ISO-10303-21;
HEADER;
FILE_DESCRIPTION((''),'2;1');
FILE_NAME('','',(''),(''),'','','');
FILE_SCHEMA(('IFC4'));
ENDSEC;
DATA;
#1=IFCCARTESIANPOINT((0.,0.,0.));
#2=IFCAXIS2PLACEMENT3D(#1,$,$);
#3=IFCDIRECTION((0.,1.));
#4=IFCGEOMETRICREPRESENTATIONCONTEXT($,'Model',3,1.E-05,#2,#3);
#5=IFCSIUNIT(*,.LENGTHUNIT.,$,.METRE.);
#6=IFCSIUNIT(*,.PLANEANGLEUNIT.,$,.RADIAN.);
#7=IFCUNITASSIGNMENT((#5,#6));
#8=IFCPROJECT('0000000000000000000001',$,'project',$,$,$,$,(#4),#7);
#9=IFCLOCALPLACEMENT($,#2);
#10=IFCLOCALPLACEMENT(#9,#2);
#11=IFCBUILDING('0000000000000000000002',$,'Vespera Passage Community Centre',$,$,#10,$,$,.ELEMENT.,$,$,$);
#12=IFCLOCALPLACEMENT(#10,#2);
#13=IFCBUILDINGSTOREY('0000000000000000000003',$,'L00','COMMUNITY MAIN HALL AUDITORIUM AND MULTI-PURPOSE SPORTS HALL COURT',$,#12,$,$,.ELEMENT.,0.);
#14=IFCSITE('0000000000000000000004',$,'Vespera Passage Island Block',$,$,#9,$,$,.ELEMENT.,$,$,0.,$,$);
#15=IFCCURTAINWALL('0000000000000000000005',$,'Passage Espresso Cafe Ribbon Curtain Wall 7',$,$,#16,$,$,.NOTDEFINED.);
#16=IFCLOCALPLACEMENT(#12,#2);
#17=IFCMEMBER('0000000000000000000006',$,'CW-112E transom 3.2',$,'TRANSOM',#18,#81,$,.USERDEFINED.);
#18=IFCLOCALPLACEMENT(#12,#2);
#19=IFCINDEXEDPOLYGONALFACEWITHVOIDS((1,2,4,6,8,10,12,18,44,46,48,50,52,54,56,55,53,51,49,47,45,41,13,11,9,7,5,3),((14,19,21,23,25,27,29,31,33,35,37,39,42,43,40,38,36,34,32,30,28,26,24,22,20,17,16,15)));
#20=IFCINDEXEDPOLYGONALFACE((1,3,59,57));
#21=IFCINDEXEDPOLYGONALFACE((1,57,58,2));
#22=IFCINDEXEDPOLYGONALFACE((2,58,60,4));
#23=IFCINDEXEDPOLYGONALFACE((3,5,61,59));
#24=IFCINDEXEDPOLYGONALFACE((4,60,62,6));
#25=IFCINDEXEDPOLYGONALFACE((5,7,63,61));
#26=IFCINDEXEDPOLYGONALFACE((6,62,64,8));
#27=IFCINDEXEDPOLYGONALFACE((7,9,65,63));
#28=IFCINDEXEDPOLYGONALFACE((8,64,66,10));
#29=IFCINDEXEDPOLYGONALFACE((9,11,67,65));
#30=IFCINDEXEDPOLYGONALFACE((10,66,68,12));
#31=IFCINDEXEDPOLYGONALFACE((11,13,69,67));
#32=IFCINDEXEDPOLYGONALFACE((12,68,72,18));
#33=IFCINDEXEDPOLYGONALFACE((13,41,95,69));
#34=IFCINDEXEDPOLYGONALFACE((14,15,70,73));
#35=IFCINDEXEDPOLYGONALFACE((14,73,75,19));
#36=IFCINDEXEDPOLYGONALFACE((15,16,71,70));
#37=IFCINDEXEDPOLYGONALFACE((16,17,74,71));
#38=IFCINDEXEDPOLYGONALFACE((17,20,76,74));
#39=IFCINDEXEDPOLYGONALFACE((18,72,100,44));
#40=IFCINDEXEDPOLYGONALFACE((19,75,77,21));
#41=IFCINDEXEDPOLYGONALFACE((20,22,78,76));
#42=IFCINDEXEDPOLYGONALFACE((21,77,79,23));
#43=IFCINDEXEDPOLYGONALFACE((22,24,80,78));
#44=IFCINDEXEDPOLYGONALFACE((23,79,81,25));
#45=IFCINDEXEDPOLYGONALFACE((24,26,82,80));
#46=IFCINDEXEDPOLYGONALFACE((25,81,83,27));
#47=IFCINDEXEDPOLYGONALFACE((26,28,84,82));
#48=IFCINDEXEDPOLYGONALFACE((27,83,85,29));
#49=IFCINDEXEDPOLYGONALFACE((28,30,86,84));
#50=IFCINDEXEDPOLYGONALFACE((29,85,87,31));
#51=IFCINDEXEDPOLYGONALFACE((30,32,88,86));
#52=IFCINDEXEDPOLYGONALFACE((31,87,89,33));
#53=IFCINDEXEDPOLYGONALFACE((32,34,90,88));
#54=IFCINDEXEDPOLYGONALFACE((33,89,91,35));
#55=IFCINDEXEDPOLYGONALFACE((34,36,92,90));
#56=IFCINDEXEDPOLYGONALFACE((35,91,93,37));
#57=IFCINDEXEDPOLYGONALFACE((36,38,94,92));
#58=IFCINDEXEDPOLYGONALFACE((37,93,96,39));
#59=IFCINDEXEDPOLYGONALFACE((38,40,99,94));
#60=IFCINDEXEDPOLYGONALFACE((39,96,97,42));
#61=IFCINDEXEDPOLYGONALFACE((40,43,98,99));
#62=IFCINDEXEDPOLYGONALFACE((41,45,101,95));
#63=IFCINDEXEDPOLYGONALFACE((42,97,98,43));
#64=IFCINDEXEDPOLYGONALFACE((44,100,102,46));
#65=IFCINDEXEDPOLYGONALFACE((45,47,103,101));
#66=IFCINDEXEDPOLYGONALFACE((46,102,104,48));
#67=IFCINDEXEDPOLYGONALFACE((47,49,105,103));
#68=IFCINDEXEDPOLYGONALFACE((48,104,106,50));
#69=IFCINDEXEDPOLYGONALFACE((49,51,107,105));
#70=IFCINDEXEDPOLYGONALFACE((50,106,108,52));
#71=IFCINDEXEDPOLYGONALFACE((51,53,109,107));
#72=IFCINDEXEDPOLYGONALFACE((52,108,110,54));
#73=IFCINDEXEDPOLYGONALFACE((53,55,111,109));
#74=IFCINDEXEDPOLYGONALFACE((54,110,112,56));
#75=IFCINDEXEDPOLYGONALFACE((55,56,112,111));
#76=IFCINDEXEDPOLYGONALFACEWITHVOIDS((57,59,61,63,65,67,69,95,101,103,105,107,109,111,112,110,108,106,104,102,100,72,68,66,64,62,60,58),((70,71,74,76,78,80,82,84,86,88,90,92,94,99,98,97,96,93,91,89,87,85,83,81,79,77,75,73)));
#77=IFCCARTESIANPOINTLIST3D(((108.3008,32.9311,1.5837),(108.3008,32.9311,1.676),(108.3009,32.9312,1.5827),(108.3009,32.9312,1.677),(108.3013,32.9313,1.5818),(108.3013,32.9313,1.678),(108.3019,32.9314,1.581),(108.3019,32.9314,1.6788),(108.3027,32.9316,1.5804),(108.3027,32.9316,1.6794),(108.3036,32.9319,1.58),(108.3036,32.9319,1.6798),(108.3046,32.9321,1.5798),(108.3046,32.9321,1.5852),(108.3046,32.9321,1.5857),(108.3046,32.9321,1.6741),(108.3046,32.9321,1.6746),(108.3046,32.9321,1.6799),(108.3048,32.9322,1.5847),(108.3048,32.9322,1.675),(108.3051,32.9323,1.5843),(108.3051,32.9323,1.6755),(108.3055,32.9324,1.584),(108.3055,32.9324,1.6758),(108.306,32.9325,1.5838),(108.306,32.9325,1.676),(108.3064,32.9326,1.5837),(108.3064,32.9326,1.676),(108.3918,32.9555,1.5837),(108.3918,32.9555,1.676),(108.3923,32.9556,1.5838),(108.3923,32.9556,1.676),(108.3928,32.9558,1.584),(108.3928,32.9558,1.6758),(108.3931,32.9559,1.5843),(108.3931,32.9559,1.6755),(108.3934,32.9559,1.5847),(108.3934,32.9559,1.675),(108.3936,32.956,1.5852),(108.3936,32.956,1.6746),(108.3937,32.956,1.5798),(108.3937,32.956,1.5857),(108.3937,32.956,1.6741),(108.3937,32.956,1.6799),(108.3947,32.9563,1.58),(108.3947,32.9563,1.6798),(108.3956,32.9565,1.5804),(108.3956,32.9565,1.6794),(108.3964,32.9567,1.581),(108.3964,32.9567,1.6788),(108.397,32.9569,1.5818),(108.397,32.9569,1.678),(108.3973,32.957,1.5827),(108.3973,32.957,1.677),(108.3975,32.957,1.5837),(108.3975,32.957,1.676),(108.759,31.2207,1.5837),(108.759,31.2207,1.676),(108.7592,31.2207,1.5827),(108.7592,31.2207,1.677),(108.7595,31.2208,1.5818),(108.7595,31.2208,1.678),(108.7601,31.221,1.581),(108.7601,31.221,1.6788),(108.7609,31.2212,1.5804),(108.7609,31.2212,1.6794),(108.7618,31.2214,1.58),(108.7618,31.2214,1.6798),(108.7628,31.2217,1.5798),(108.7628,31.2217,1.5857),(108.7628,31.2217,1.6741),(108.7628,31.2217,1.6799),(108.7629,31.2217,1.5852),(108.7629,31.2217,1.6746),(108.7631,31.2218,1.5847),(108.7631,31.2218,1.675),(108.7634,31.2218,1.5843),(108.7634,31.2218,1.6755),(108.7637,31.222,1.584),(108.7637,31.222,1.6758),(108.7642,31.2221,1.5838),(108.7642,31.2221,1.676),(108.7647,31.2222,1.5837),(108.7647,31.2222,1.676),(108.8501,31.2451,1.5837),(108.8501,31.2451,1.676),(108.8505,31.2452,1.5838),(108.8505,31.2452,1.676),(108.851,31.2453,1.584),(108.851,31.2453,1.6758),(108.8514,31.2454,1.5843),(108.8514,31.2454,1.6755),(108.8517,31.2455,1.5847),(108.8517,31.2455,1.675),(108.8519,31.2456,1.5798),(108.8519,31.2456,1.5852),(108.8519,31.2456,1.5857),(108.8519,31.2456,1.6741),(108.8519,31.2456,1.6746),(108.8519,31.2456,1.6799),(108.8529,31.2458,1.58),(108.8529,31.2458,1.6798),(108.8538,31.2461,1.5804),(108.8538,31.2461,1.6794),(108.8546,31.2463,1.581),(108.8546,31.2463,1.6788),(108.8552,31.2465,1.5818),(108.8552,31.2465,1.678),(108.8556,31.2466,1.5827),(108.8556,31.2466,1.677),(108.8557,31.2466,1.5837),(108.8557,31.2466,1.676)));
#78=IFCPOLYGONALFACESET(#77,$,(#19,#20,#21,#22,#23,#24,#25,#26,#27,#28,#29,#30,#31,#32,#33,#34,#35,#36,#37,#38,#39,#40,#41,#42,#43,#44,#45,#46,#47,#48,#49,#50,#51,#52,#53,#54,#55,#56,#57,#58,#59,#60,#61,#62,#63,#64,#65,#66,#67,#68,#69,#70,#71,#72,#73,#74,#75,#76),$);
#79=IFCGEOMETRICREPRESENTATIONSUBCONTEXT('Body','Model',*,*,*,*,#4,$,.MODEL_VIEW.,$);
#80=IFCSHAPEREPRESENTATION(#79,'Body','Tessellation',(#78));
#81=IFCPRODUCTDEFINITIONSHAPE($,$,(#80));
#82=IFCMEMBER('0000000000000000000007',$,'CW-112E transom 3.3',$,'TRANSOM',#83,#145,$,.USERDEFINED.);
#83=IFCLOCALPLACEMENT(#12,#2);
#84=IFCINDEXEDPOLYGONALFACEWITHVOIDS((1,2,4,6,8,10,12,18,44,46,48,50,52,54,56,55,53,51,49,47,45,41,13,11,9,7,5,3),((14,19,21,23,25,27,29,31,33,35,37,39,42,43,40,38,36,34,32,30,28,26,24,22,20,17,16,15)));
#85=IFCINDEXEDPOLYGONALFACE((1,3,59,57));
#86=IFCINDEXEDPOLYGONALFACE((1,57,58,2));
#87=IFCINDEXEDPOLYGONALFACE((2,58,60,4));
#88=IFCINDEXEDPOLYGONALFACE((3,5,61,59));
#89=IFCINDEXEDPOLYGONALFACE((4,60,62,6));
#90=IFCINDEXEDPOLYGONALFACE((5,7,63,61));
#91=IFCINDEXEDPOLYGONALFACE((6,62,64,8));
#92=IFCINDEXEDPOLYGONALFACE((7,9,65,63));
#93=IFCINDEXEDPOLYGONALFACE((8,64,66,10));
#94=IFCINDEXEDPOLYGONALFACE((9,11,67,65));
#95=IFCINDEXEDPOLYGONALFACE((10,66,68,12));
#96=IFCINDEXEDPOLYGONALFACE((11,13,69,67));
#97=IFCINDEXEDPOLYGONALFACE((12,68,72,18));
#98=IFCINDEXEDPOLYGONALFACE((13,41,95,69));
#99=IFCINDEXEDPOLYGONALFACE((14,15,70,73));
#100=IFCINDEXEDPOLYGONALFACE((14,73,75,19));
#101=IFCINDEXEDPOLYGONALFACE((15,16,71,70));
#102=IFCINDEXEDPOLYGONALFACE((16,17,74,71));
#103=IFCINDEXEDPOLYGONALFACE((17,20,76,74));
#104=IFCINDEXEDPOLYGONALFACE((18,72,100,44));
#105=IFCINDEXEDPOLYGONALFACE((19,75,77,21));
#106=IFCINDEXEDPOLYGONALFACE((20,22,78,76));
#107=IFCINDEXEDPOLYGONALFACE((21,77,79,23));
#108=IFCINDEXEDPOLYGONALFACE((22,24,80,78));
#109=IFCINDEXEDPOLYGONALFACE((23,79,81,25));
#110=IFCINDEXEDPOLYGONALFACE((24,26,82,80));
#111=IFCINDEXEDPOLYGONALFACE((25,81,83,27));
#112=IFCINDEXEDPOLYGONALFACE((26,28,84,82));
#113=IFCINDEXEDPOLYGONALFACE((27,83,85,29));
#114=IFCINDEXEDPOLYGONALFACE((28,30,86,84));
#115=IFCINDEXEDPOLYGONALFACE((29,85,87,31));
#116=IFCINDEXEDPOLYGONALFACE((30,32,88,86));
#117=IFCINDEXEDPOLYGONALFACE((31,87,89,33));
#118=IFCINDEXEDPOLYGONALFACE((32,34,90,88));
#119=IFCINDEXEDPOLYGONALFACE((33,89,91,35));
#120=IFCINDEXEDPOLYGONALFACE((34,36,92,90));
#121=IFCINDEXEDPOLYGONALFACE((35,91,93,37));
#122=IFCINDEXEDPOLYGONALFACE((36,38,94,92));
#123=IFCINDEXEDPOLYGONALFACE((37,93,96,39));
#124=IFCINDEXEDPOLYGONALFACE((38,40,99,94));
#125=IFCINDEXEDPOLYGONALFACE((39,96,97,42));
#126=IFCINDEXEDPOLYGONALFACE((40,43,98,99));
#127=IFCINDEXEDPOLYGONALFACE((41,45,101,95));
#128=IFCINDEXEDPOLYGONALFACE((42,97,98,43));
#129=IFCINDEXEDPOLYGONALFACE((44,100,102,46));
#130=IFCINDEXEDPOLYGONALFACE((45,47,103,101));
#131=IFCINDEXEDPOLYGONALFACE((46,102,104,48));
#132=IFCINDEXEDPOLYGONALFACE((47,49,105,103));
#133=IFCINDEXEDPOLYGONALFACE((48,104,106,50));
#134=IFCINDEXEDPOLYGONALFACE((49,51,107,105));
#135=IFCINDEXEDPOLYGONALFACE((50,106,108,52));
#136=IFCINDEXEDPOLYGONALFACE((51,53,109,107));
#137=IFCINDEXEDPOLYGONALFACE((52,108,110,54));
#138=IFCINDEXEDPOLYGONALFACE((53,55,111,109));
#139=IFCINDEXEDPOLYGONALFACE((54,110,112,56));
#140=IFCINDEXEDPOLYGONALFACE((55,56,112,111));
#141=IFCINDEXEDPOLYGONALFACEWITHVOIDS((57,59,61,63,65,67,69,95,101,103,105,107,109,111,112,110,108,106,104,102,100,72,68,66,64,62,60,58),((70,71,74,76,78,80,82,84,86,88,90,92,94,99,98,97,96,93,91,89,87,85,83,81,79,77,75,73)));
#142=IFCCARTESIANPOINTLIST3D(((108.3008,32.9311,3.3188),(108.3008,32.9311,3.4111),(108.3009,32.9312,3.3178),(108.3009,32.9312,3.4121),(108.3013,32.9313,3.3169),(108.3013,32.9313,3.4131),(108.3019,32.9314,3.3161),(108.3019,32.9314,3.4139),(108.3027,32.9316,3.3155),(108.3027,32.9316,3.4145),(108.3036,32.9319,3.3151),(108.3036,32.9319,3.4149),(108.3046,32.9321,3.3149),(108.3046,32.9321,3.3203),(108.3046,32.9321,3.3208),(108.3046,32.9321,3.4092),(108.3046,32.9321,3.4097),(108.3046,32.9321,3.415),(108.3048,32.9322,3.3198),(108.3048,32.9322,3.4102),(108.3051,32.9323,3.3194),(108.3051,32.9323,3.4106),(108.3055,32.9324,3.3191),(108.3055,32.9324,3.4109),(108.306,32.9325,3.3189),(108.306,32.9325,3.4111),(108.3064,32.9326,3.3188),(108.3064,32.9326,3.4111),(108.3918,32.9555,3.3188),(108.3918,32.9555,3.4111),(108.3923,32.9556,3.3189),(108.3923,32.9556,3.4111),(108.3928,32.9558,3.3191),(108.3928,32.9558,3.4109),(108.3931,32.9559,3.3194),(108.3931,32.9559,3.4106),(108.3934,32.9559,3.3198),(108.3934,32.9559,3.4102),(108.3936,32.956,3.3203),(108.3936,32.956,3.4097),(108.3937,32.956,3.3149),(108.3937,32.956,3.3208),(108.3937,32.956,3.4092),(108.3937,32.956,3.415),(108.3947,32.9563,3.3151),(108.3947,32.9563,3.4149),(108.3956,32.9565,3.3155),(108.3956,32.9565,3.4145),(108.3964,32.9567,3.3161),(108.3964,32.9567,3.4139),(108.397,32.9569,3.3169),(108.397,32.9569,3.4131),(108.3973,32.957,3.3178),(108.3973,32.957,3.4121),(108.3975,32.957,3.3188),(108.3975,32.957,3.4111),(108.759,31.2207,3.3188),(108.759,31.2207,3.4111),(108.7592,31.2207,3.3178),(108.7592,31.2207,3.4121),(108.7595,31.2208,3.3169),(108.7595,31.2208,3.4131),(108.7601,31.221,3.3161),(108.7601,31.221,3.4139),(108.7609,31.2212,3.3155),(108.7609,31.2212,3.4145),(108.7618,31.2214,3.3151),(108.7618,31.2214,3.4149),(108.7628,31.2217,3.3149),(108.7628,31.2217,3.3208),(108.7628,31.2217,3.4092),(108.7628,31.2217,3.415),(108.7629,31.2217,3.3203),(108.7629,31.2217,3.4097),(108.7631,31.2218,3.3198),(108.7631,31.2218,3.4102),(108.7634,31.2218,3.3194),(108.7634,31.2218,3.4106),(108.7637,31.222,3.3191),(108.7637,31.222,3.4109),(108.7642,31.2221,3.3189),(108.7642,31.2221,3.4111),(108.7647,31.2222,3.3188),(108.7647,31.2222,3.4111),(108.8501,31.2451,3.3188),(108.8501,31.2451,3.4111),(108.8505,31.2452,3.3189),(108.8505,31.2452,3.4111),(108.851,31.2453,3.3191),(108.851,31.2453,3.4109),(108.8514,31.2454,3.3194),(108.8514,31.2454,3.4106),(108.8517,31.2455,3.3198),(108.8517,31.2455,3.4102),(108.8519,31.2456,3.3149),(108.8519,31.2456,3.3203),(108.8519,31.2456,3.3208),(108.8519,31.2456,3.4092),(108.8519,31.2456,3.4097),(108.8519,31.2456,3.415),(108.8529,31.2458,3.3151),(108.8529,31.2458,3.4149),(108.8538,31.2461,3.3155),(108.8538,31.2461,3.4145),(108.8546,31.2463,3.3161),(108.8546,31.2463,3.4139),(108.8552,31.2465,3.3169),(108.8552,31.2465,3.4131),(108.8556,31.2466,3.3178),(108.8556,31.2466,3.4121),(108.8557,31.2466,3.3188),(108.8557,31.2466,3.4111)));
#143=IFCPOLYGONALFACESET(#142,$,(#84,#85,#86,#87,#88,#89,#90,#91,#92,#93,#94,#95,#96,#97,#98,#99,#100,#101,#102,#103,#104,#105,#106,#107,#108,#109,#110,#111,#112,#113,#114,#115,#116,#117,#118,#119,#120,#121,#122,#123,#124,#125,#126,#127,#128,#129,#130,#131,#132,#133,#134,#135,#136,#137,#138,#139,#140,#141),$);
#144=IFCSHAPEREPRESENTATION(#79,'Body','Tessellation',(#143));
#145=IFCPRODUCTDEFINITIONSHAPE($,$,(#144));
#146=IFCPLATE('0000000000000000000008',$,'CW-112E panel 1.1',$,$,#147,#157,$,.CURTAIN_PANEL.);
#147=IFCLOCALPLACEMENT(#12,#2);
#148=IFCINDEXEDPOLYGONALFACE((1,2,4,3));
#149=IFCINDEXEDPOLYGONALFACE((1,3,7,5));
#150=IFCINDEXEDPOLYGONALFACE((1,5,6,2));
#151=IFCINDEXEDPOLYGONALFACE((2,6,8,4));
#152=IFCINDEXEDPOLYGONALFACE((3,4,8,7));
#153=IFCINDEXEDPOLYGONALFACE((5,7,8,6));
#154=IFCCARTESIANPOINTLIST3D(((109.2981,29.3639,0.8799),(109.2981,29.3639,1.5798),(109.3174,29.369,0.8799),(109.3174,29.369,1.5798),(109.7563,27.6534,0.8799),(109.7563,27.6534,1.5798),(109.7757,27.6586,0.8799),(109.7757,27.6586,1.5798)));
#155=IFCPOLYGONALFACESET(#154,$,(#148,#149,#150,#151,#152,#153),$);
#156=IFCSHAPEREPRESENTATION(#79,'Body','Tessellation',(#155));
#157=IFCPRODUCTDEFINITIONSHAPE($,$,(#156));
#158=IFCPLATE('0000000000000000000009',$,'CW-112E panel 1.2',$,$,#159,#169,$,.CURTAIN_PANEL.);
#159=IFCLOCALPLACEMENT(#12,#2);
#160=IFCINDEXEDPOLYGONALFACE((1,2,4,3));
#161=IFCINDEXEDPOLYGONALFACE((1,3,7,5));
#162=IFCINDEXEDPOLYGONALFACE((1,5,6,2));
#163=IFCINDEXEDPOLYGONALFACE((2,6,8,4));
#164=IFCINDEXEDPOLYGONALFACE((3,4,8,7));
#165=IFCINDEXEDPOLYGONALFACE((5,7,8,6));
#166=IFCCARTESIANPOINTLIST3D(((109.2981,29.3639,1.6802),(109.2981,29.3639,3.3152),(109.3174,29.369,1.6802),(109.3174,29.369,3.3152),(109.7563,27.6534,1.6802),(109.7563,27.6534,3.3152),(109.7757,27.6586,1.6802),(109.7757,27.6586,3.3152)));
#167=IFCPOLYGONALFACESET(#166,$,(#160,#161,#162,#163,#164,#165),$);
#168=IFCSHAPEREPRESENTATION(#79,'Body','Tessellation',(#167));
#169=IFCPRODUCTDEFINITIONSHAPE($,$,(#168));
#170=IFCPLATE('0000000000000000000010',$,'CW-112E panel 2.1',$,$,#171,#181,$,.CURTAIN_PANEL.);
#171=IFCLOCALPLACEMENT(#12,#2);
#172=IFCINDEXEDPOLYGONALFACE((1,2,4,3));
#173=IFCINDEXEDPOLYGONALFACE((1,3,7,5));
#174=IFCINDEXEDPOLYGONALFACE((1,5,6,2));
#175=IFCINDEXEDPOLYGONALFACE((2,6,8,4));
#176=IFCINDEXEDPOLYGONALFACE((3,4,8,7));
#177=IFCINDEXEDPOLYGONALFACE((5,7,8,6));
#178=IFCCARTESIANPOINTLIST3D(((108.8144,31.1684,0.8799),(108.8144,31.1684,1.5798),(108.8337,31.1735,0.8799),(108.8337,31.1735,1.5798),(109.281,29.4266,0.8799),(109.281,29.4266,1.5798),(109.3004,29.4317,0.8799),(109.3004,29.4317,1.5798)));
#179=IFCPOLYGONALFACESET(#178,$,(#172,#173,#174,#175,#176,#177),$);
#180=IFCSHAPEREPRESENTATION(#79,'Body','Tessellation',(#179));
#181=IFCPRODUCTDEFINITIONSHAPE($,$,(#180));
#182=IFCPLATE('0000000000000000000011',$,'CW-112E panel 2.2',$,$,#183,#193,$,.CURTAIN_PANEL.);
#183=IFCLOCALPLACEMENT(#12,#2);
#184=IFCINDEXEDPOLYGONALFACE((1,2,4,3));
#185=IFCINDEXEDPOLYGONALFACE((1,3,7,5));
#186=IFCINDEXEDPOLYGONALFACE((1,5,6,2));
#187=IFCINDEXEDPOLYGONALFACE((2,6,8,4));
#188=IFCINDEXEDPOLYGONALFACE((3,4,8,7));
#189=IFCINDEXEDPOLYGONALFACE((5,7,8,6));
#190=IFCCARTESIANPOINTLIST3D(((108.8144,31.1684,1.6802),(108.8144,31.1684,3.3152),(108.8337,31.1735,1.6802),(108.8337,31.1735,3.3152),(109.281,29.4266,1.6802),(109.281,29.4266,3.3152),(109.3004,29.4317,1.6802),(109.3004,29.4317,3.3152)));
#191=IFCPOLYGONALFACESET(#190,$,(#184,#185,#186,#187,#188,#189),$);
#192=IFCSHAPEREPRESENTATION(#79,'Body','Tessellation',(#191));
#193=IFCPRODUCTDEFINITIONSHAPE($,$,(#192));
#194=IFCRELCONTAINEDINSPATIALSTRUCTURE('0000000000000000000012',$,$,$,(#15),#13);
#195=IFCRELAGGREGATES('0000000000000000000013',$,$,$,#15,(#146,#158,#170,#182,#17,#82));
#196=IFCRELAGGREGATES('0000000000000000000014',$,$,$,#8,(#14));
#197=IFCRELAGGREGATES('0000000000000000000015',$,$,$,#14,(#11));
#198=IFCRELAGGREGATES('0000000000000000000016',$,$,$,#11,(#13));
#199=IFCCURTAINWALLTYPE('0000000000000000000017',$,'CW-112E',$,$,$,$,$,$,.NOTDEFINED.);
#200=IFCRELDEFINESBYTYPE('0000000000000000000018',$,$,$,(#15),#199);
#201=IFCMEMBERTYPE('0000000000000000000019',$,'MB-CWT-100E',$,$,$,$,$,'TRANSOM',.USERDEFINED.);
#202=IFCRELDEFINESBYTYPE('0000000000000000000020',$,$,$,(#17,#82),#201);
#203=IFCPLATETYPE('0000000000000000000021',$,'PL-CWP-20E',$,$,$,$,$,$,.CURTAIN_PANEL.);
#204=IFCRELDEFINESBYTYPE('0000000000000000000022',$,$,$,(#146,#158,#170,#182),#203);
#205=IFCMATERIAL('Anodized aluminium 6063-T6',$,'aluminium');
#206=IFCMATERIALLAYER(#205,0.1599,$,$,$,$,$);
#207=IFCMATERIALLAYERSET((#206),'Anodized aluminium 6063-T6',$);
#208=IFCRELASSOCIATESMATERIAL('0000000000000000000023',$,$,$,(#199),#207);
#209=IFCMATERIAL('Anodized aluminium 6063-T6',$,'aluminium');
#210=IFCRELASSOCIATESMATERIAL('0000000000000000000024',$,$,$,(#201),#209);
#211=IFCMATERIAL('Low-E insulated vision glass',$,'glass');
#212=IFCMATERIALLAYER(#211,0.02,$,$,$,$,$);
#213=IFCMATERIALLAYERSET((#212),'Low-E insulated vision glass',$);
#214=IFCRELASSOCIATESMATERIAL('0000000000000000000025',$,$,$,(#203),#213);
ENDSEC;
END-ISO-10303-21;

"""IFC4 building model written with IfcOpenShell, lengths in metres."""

from ifc_helpers import new_model, si_unit, direction, frame, origin, origin_2d, place, context, subcontext, project, spatial, rectangle, hollow_rectangle, extrude, material, layer, layer_set, material_profile, profile_set, type_object, element, aggregate, save


model = new_model("IFC4")

# Units and contexts
model_context = context("Model", 3, precision=1e-05, world=origin(), true_north=direction((0.0, 1.0)))
body_context = subcontext(model_context, "Body", "Model", "MODEL_VIEW")
ifc_project = project(units=[si_unit("LENGTHUNIT", "METRE"), si_unit("PLANEANGLEUNIT", "RADIAN")], contexts=[model_context])

# Site, building, storey
site_placement = place(None, origin())
site = spatial("IfcSite", under=ifc_project, at=site_placement, Name="Vespera Passage Island Block", CompositionType="ELEMENT", RefElevation=0.0)
building_placement = place(site_placement, origin())
building = spatial("IfcBuilding", under=site, at=building_placement, Name="Vespera Passage Community Centre", CompositionType="ELEMENT")
storey_placement = place(building_placement, origin())
storey = spatial("IfcBuildingStorey", under=building, at=storey_placement, Name="L00", Description="COMMUNITY MAIN HALL AUDITORIUM AND MULTI-PURPOSE SPORTS HALL COURT", CompositionType="ELEMENT", Elevation=0.0)

# Curtain wall, members, plates
ifc_material_1 = material(Name="Anodized aluminium 6063-T6", Category="aluminium")
ifc_layer_1 = layer(ifc_material_1, 0.1599)
ifc_layer_set_1 = layer_set([ifc_layer_1], Name="Anodized aluminium 6063-T6")
curtain_wall_type = type_object("IfcCurtainWallType", Name="CW-112E", PredefinedType="NOTDEFINED", material=ifc_layer_set_1)
curtain_wall_placement = place(storey_placement, origin())
curtain_wall = element("IfcCurtainWall", 1, at=curtain_wall_placement, inside=storey, type_object=curtain_wall_type, Name="Passage Espresso Cafe Ribbon Curtain Wall 7", PredefinedType="NOTDEFINED")
ifc_material_2 = material(Name="Anodized aluminium 6063-T6", Category="aluminium")
ifc_material_profile_1 = material_profile(ifc_material_2, hollow_rectangle(XDim=0.1001, YDim=0.1001, WallThickness=0.0039, InnerFilletRadius=0.002, OuterFilletRadius=0.0039, at=origin_2d()), Name="ALU100X100X4")
ifc_profile_set_1 = profile_set([ifc_material_profile_1], Name="Anodized aluminium 6063-T6")
member_type_1 = type_object("IfcMemberType", Name="MB-CWT-100E", ElementType="TRANSOM", PredefinedType="USERDEFINED", material=ifc_profile_set_1)
member_1_placement = place(storey_placement, frame((108.8074, 31.2336, 1.6299), z_axis=(-0.258787, 0.965935, 0.0), x_axis=(-0.965935, -0.258787, 0.0)))
member_1 = element("IfcMember", 2, at=member_1_placement, type_object=member_type_1, Name="CW-112E transom 3.2", ObjectType="TRANSOM", PredefinedType="USERDEFINED", context=body_context, shape_type="SweptSolid", body=[
    extrude(hollow_rectangle(XDim=0.1001, YDim=0.1001, WallThickness=0.0039, InnerFilletRadius=0.002, OuterFilletRadius=0.0039, at=origin_2d()), origin(), (0.0, 0.0, 1.0), 1.7708),
])
member_2_placement = place(storey_placement, frame((108.8074, 31.2336, 3.365), z_axis=(-0.258787, 0.965935, 0.0), x_axis=(-0.965935, -0.258787, 0.0)))
member_2 = element("IfcMember", 3, at=member_2_placement, type_object=member_type_1, Name="CW-112E transom 3.3", ObjectType="TRANSOM", PredefinedType="USERDEFINED", context=body_context, shape_type="SweptSolid", body=[
    extrude(hollow_rectangle(XDim=0.1001, YDim=0.1001, WallThickness=0.0039, InnerFilletRadius=0.002, OuterFilletRadius=0.0039, at=origin_2d()), origin(), (0.0, 0.0, 1.0), 1.7708),
])
ifc_material_3 = material(Name="Low-E insulated vision glass", Category="glass")
ifc_layer_2 = layer(ifc_material_3, 0.02)
ifc_layer_set_2 = layer_set([ifc_layer_2], Name="Low-E insulated vision glass")
plate_type = type_object("IfcPlateType", Name="PL-CWP-20E", PredefinedType="CURTAIN_PANEL", material=ifc_layer_set_2)
plate_1_placement = place(storey_placement, frame((109.5369, 28.5112, 0.8799), z_axis=(0.0, 0.0, 1.0), x_axis=(-0.258807, 0.965929, 0.0)))
plate_1 = element("IfcPlate", 4, at=plate_1_placement, type_object=plate_type, Name="CW-112E panel 1.1", PredefinedType="CURTAIN_PANEL", context=body_context, shape_type="SweptSolid", body=[
    extrude(rectangle(XDim=1.7708, YDim=0.02, at=origin_2d()), origin(), (0.0, 0.0, 1.0), 0.7),
])
plate_2_placement = place(storey_placement, frame((109.5369, 28.5112, 1.6802), z_axis=(0.0, 0.0, 1.0), x_axis=(-0.258807, 0.965929, 0.0)))
plate_2 = element("IfcPlate", 5, at=plate_2_placement, type_object=plate_type, Name="CW-112E panel 1.2", PredefinedType="CURTAIN_PANEL", context=body_context, shape_type="SweptSolid", body=[
    extrude(rectangle(XDim=1.7708, YDim=0.02, at=origin_2d()), origin(), (0.0, 0.0, 1.0), 1.635),
])
plate_3_placement = place(storey_placement, frame((109.0574, 30.3, 0.8799), z_axis=(0.0, 0.0, 1.0), x_axis=(-0.258807, 0.965929, 0.0)))
plate_3 = element("IfcPlate", 6, at=plate_3_placement, type_object=plate_type, Name="CW-112E panel 2.1", PredefinedType="CURTAIN_PANEL", context=body_context, shape_type="SweptSolid", body=[
    extrude(rectangle(XDim=1.8032, YDim=0.02, at=origin_2d()), origin(), (0.0, 0.0, 1.0), 0.7),
])
plate_4_placement = place(storey_placement, frame((109.0574, 30.3, 1.6802), z_axis=(0.0, 0.0, 1.0), x_axis=(-0.258807, 0.965929, 0.0)))
plate_4 = element("IfcPlate", 7, at=plate_4_placement, type_object=plate_type, Name="CW-112E panel 2.2", PredefinedType="CURTAIN_PANEL", context=body_context, shape_type="SweptSolid", body=[
    extrude(rectangle(XDim=1.8032, YDim=0.02, at=origin_2d()), origin(), (0.0, 0.0, 1.0), 1.635),
])
aggregate(curtain_wall, [plate_1, plate_2, plate_3, plate_4, member_1, member_2])

save(model, "model.ifc")
